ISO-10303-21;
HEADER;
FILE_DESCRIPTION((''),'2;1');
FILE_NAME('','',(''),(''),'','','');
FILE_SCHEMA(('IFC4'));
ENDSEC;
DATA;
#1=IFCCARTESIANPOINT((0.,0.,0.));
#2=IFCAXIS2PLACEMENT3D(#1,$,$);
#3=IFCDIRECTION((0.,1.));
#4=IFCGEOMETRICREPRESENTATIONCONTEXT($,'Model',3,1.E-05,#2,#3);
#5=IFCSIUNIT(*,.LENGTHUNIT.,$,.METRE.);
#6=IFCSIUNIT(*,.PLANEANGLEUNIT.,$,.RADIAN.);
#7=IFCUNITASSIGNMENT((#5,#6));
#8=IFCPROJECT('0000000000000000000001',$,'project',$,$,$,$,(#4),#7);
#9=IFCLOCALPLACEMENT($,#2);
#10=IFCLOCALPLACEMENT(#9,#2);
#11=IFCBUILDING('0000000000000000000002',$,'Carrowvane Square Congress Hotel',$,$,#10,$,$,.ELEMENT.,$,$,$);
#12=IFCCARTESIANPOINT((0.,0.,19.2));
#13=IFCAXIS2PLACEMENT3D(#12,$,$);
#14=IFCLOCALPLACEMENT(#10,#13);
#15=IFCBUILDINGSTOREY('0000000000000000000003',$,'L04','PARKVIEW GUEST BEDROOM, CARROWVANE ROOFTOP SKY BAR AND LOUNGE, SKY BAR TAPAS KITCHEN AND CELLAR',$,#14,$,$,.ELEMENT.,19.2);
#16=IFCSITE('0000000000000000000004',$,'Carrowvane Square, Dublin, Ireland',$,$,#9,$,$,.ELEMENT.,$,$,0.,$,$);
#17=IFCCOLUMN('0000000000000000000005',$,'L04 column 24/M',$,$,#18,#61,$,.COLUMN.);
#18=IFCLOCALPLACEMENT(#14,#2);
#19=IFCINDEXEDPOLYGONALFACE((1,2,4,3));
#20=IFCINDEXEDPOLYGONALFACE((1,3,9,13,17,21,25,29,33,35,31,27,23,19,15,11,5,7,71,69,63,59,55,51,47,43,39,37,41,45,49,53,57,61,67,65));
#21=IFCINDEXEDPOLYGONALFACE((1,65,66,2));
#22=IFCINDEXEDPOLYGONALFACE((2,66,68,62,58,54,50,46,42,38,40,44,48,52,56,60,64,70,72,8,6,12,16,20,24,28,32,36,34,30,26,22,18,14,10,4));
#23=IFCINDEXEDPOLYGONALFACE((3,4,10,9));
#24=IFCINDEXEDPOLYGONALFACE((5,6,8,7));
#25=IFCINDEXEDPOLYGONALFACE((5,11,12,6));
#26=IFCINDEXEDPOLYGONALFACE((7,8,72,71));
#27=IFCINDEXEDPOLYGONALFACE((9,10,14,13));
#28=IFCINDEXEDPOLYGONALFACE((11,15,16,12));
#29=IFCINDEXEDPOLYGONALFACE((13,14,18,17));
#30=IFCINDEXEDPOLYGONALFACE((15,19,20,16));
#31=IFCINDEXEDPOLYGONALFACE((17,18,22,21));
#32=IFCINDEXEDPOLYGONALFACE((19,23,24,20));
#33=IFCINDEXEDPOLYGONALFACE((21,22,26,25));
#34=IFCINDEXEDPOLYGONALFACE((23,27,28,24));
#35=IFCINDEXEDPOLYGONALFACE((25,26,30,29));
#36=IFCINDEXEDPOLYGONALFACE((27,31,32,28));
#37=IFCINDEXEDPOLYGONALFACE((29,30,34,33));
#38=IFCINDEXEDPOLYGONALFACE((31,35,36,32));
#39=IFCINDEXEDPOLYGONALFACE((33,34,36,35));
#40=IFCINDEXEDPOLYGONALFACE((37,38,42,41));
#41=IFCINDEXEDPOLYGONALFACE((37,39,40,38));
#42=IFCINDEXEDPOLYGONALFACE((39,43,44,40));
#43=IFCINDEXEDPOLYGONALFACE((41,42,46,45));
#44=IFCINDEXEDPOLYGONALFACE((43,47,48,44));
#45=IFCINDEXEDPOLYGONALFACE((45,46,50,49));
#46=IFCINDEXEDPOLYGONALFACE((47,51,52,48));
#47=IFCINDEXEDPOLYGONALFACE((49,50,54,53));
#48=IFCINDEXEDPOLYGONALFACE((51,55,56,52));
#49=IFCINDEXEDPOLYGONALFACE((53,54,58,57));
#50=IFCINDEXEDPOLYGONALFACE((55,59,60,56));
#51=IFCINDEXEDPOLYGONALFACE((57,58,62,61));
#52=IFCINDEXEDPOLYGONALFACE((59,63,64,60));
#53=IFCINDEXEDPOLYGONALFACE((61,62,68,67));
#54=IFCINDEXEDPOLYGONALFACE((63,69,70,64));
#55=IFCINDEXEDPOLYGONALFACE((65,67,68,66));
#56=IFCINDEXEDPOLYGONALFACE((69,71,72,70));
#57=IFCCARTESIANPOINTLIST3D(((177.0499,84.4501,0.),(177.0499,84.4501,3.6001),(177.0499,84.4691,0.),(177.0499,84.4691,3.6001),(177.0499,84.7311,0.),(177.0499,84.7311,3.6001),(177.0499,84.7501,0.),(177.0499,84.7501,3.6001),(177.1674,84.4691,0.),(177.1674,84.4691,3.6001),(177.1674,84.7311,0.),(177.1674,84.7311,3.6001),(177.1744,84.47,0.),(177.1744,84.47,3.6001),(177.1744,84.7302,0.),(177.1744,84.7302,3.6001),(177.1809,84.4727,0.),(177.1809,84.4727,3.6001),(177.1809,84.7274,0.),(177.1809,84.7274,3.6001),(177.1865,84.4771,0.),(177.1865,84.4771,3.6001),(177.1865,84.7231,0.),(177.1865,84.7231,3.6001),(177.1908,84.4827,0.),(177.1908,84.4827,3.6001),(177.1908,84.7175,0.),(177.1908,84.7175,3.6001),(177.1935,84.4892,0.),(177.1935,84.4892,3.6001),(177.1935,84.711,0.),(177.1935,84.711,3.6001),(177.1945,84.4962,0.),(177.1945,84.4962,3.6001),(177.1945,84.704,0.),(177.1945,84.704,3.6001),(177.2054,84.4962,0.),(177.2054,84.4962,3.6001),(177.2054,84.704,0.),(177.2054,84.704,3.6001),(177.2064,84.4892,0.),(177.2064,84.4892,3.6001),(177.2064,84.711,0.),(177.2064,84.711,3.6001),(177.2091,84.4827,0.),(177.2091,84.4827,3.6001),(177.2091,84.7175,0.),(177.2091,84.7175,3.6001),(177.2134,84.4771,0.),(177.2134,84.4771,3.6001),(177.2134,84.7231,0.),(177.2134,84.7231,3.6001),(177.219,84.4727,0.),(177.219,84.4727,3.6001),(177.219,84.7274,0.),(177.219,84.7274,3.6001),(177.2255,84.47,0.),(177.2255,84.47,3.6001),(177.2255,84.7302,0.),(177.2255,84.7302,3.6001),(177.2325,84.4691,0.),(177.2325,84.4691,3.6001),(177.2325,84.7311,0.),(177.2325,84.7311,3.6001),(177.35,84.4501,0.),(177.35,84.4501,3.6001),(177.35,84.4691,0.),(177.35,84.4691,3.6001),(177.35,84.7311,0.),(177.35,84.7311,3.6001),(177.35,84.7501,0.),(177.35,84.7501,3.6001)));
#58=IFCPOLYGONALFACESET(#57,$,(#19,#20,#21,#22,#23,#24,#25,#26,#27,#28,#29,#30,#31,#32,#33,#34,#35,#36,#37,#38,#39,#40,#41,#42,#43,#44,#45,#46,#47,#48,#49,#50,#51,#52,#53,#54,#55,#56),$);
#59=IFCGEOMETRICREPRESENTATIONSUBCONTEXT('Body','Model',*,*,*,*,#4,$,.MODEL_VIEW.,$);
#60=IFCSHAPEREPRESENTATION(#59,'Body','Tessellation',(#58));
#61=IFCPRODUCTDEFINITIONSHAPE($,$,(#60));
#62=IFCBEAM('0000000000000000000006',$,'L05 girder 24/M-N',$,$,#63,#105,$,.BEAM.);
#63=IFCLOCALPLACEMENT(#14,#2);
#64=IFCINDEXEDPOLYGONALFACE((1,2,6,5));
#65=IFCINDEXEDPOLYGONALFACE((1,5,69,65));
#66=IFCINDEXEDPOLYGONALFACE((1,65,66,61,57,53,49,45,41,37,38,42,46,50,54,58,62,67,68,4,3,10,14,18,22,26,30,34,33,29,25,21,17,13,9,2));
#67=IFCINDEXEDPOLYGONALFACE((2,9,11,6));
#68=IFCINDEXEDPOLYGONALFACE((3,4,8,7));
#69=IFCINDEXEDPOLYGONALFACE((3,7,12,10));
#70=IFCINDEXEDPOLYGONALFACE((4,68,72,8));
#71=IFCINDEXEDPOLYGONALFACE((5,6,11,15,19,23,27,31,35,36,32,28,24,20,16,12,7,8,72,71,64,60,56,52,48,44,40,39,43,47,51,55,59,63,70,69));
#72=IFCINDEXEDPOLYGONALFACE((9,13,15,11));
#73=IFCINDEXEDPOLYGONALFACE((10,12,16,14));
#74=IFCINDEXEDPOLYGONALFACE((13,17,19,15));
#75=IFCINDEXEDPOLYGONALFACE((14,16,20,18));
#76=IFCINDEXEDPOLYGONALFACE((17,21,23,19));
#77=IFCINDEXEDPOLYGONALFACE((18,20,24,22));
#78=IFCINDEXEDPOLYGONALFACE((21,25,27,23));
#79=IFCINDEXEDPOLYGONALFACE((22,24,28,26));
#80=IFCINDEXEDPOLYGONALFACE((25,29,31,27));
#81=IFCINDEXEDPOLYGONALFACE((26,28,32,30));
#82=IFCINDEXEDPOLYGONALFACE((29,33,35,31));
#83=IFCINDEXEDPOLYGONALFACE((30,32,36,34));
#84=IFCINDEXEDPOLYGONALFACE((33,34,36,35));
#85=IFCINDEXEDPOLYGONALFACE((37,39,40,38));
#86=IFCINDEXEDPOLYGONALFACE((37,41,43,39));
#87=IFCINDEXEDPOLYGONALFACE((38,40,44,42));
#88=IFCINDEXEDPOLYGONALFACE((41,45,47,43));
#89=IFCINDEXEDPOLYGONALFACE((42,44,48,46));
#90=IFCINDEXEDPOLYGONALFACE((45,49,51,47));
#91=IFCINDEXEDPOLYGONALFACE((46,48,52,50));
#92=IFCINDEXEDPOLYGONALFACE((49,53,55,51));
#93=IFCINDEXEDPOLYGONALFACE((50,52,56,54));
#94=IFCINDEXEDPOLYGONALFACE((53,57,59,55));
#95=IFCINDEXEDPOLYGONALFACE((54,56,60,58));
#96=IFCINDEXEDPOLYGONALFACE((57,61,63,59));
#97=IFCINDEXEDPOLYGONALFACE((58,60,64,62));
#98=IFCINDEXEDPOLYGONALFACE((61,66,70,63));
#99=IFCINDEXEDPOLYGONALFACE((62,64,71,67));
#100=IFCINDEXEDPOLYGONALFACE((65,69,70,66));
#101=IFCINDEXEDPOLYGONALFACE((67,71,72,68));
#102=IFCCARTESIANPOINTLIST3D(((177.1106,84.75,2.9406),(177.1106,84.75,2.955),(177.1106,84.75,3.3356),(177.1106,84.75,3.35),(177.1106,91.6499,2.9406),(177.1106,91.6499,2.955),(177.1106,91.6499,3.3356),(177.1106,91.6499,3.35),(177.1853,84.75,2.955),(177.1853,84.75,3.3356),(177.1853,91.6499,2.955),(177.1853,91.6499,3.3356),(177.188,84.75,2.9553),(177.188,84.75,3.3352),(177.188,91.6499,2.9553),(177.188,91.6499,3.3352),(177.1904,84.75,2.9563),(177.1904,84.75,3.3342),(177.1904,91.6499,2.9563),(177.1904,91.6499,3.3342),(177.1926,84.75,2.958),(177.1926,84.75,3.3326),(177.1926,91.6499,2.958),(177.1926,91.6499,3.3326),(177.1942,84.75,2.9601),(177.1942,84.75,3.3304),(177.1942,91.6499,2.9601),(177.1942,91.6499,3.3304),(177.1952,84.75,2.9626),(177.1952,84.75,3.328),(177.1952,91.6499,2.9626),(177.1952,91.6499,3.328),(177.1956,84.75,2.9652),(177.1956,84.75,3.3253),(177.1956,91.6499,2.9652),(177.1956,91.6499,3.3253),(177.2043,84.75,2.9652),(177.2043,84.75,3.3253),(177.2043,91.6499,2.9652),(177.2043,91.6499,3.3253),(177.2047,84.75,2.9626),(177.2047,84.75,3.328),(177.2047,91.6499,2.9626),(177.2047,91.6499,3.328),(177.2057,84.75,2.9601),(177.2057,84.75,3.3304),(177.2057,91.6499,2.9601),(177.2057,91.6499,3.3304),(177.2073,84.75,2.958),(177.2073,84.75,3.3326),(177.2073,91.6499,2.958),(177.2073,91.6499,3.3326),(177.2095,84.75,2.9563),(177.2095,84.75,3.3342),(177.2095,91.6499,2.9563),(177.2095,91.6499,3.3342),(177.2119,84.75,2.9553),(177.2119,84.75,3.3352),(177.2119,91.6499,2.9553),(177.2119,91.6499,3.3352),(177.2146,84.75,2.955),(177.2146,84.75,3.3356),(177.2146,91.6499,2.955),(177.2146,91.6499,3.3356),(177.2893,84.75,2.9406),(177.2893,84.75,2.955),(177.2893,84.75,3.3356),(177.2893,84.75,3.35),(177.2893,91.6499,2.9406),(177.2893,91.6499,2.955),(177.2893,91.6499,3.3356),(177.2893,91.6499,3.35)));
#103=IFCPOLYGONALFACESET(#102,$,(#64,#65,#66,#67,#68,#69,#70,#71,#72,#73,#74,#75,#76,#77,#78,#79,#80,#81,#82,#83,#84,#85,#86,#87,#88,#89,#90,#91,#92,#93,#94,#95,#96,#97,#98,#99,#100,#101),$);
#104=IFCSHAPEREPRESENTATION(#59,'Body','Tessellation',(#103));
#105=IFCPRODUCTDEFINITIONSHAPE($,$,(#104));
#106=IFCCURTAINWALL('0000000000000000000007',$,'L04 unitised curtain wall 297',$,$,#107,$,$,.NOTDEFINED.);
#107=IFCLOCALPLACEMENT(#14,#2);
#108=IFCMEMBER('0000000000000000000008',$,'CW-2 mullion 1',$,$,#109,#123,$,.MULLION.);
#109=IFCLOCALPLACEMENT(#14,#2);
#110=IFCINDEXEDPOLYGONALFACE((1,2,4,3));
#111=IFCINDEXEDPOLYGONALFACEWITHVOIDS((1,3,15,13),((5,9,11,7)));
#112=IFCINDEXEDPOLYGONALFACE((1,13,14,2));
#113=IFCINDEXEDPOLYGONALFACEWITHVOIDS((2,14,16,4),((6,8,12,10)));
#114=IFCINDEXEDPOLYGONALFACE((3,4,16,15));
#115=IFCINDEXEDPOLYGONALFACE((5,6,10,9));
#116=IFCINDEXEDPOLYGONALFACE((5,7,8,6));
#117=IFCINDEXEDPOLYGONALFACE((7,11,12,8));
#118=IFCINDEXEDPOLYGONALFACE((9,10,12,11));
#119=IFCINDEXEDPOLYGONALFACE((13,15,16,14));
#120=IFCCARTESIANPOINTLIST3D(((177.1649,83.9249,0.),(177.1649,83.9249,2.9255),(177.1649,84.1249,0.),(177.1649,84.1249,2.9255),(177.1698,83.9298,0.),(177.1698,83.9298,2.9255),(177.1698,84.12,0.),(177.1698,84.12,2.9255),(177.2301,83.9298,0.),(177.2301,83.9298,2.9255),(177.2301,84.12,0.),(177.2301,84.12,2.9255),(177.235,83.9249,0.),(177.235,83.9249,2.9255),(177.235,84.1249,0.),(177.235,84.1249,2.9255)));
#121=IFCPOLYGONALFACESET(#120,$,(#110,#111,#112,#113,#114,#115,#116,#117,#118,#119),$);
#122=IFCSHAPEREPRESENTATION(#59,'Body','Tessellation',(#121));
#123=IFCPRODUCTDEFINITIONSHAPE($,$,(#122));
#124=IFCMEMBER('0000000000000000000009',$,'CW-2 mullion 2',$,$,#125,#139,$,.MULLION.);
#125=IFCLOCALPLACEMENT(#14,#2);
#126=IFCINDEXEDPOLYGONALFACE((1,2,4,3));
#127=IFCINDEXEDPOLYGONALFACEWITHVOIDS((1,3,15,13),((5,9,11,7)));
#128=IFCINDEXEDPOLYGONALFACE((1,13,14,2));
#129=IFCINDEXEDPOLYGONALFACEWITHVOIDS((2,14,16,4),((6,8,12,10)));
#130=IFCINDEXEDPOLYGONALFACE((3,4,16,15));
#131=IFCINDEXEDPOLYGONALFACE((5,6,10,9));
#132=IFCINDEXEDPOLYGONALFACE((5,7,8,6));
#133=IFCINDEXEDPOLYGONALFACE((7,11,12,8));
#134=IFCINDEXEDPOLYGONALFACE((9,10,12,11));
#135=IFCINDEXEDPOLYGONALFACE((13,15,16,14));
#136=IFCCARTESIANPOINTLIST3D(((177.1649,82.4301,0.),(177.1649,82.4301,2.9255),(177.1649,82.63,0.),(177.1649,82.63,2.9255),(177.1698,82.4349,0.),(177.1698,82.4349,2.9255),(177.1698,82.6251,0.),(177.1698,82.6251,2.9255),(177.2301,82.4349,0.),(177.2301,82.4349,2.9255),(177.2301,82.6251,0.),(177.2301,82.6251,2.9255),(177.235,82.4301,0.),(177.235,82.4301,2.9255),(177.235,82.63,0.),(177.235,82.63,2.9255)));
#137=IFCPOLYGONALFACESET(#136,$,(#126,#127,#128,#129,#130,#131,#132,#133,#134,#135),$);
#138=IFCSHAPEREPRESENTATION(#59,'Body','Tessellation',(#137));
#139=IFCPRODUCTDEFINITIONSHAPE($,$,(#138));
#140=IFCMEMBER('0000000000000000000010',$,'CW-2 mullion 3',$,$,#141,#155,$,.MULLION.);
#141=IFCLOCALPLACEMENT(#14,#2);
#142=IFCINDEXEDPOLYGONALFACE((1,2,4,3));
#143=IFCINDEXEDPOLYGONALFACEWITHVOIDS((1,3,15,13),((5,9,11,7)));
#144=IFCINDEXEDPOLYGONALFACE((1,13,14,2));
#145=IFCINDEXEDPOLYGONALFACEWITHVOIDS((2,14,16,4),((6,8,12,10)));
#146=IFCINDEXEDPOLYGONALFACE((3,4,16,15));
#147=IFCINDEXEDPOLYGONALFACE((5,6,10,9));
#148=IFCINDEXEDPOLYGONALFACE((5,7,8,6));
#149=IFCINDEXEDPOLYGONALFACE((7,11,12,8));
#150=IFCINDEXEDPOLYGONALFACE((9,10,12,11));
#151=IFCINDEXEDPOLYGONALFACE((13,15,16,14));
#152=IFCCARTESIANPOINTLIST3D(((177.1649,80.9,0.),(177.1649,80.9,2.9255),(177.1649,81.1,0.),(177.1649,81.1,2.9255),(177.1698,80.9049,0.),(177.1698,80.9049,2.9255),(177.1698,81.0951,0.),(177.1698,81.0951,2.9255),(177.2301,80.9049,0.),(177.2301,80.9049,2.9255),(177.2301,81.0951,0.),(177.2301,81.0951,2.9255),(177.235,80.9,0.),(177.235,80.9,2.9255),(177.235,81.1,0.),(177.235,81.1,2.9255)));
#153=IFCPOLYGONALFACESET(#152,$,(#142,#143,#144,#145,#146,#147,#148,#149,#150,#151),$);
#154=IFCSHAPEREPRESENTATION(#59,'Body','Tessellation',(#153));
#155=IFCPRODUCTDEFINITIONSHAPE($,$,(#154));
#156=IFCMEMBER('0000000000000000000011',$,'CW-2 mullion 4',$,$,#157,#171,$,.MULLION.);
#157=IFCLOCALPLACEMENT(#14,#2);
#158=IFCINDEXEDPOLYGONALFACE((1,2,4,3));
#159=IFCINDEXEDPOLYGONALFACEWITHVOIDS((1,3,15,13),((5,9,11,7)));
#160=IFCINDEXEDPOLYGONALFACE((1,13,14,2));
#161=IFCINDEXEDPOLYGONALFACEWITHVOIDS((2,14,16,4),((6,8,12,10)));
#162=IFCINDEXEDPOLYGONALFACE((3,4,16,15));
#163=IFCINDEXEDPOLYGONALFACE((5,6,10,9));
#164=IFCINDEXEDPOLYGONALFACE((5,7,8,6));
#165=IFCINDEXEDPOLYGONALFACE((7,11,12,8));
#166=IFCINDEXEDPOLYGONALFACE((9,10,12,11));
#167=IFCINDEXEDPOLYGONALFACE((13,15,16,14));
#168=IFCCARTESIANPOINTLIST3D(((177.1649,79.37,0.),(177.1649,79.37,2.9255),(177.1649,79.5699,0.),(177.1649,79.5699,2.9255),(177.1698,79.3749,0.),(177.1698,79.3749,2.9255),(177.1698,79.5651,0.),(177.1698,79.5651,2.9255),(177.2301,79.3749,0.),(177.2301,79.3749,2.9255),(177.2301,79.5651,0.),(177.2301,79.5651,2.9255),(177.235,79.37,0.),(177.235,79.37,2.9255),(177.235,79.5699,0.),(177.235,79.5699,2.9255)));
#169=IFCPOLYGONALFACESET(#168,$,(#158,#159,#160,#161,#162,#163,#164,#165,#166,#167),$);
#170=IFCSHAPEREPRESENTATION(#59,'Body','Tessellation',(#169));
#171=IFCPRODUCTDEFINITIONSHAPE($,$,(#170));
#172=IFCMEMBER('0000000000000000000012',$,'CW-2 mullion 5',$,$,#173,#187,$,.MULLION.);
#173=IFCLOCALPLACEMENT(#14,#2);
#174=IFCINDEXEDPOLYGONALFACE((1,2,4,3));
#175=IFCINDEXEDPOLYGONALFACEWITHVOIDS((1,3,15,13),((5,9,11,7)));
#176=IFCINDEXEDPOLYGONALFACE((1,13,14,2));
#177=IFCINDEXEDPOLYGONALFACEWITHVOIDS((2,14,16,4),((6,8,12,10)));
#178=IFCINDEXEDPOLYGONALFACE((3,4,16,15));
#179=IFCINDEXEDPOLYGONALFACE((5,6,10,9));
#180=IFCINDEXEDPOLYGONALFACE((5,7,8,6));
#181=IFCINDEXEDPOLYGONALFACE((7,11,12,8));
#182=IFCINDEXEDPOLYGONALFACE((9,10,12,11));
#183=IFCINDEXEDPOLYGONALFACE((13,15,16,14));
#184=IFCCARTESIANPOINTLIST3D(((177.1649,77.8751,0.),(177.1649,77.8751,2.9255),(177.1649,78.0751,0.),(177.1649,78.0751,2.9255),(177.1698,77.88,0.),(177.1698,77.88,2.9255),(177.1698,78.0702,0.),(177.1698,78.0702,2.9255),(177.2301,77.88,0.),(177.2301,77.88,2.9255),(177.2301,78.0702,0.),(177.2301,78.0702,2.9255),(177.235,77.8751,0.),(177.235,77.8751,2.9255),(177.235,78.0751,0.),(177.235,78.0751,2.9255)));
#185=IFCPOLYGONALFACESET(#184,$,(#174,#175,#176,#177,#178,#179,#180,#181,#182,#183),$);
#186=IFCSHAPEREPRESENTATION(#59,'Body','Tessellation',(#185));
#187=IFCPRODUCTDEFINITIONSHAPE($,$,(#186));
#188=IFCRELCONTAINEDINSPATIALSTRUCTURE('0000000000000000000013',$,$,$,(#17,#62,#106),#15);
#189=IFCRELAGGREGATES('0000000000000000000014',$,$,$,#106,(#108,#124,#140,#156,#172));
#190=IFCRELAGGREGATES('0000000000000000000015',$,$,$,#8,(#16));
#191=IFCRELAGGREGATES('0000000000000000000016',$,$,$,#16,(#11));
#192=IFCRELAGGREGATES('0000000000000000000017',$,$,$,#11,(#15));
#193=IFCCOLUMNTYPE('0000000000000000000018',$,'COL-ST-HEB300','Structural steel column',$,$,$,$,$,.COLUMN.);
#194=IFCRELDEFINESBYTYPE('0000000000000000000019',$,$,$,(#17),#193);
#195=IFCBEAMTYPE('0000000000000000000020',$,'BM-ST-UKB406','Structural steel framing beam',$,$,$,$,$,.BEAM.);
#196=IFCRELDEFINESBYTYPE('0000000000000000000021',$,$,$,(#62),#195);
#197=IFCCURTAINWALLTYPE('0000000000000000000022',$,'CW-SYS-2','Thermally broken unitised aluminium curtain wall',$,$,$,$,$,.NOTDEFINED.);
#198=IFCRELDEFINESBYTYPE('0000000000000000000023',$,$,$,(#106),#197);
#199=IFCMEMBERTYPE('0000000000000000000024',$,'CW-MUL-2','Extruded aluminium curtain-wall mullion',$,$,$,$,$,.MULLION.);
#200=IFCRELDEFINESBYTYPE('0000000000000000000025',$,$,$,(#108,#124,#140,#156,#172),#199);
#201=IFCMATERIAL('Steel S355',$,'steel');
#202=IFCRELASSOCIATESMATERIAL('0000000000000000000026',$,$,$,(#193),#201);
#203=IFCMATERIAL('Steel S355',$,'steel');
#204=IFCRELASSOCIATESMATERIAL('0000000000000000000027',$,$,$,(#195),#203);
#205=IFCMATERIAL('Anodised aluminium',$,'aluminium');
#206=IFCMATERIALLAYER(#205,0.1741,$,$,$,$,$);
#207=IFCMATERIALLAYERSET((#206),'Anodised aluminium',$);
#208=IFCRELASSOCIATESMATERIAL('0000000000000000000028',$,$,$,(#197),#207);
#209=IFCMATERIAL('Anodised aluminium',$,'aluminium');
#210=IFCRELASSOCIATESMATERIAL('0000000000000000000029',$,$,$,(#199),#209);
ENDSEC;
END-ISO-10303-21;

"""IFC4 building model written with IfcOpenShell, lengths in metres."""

from ifc_helpers import new_model, si_unit, direction, frame, origin, origin_2d, place, context, subcontext, project, spatial, hollow_rectangle, i_section, extrude, material, layer, layer_set, material_profile, profile_set, type_object, element, aggregate, save


model = new_model("IFC4")

# Units and contexts
model_context = context("Model", 3, precision=1e-05, world=origin(), true_north=direction((0.0, 1.0)))
body_context = subcontext(model_context, "Body", "Model", "MODEL_VIEW")
ifc_project = project(units=[si_unit("LENGTHUNIT", "METRE"), si_unit("PLANEANGLEUNIT", "RADIAN")], contexts=[model_context])

# Site, building, storey
site_placement = place(None, origin())
site = spatial("IfcSite", under=ifc_project, at=site_placement, Name="Carrowvane Square, Dublin, Ireland", CompositionType="ELEMENT", RefElevation=0.0)
building_placement = place(site_placement, origin())
building = spatial("IfcBuilding", under=site, at=building_placement, Name="Carrowvane Square Congress Hotel", CompositionType="ELEMENT")
storey_placement = place(building_placement, frame((0.0, 0.0, 19.2)))
storey = spatial("IfcBuildingStorey", under=building, at=storey_placement, Name="L04", Description="PARKVIEW GUEST BEDROOM, CARROWVANE ROOFTOP SKY BAR AND LOUNGE, SKY BAR TAPAS KITCHEN AND CELLAR", CompositionType="ELEMENT", Elevation=19.2)

# Column
ifc_material_1 = material(Name="Steel S355", Category="steel")
ifc_material_profile_1 = material_profile(ifc_material_1, i_section(OverallWidth=0.3, OverallDepth=0.3, WebThickness=0.011, FlangeThickness=0.019, FilletRadius=0.0271, at=origin_2d()), Name="HEB 300")
ifc_profile_set_1 = profile_set([ifc_material_profile_1], Name="Steel S355")
column_type = type_object("IfcColumnType", Name="COL-ST-HEB300", Description="Structural steel column", PredefinedType="COLUMN", material=ifc_profile_set_1)
column_placement = place(storey_placement, frame((177.2, 84.6001, 0.0), z_axis=(0.0, 0.0, 1.0), x_axis=(1.0, 0.0, 0.0)))
element("IfcColumn", 1, at=column_placement, inside=storey, type_object=column_type, Name="L04 column 24/M", PredefinedType="COLUMN", context=body_context, shape_type="SweptSolid", body=[
    extrude(i_section(OverallWidth=0.3, OverallDepth=0.3, WebThickness=0.011, FlangeThickness=0.019, FilletRadius=0.0271, at=origin_2d()), origin(), (0.0, 0.0, 1.0), 3.6001),
])

# Beam
ifc_material_2 = material(Name="Steel S355", Category="steel")
ifc_material_profile_2 = material_profile(ifc_material_2, i_section(OverallWidth=0.1787, OverallDepth=0.4094, WebThickness=0.0088, FlangeThickness=0.0144, FilletRadius=0.0103, at=origin_2d()), Name="UKB 406x178x67")
ifc_profile_set_2 = profile_set([ifc_material_profile_2], Name="Steel S355")
beam_type = type_object("IfcBeamType", Name="BM-ST-UKB406", Description="Structural steel framing beam", PredefinedType="BEAM", material=ifc_profile_set_2)
beam_placement = place(storey_placement, frame((177.2, 84.75, 3.1453), z_axis=(0.0, 1.0, 0.0), x_axis=(-1.0, 0.0, 0.0)))
element("IfcBeam", 2, at=beam_placement, inside=storey, type_object=beam_type, Name="L05 girder 24/M-N", PredefinedType="BEAM", context=body_context, shape_type="SweptSolid", body=[
    extrude(i_section(OverallWidth=0.1787, OverallDepth=0.4094, WebThickness=0.0088, FlangeThickness=0.0144, FilletRadius=0.0103, at=origin_2d()), origin(), (0.0, 0.0, 1.0), 6.8999),
])

# Curtain wall, members
ifc_material_3 = material(Name="Anodised aluminium", Category="aluminium")
ifc_layer_1 = layer(ifc_material_3, 0.1741)
ifc_layer_set_1 = layer_set([ifc_layer_1], Name="Anodised aluminium")
curtain_wall_type = type_object("IfcCurtainWallType", Name="CW-SYS-2", Description="Thermally broken unitised aluminium curtain wall", PredefinedType="NOTDEFINED", material=ifc_layer_set_1)
curtain_wall_placement = place(storey_placement, origin())
curtain_wall = element("IfcCurtainWall", 3, at=curtain_wall_placement, inside=storey, type_object=curtain_wall_type, Name="L04 unitised curtain wall 297", PredefinedType="NOTDEFINED")
ifc_material_4 = material(Name="Anodised aluminium", Category="aluminium")
ifc_material_profile_3 = material_profile(ifc_material_4, hollow_rectangle(XDim=0.0701, YDim=0.2, WallThickness=0.0049, at=origin_2d()), Name="CW-ML 70x200x5")
ifc_profile_set_3 = profile_set([ifc_material_profile_3], Name="Anodised aluminium")
member_type_1 = type_object("IfcMemberType", Name="CW-MUL-2", Description="Extruded aluminium curtain-wall mullion", PredefinedType="MULLION", material=ifc_profile_set_3)
member_1_placement = place(storey_placement, frame((177.2, 84.0249, 0.0), z_axis=(0.0, 0.0, 1.0), x_axis=(1.0, 0.0, 0.0)))
member_1 = element("IfcMember", 4, at=member_1_placement, type_object=member_type_1, Name="CW-2 mullion 1", PredefinedType="MULLION", context=body_context, shape_type="SweptSolid", body=[
    extrude(hollow_rectangle(XDim=0.0701, YDim=0.2, WallThickness=0.0049, at=origin_2d()), origin(), (0.0, 0.0, 1.0), 2.9255),
])
member_2_placement = place(storey_placement, frame((177.2, 82.53, 0.0), z_axis=(0.0, 0.0, 1.0), x_axis=(1.0, 0.0, 0.0)))
member_2 = element("IfcMember", 5, at=member_2_placement, type_object=member_type_1, Name="CW-2 mullion 2", PredefinedType="MULLION", context=body_context, shape_type="SweptSolid", body=[
    extrude(hollow_rectangle(XDim=0.0701, YDim=0.2, WallThickness=0.0049, at=origin_2d()), origin(), (0.0, 0.0, 1.0), 2.9255),
])
member_3_placement = place(storey_placement, frame((177.2, 81.0, 0.0), z_axis=(0.0, 0.0, 1.0), x_axis=(1.0, 0.0, 0.0)))
member_3 = element("IfcMember", 6, at=member_3_placement, type_object=member_type_1, Name="CW-2 mullion 3", PredefinedType="MULLION", context=body_context, shape_type="SweptSolid", body=[
    extrude(hollow_rectangle(XDim=0.0701, YDim=0.2, WallThickness=0.0049, at=origin_2d()), origin(), (0.0, 0.0, 1.0), 2.9255),
])
member_4_placement = place(storey_placement, frame((177.2, 79.47, 0.0), z_axis=(0.0, 0.0, 1.0), x_axis=(1.0, 0.0, 0.0)))
member_4 = element("IfcMember", 7, at=member_4_placement, type_object=member_type_1, Name="CW-2 mullion 4", PredefinedType="MULLION", context=body_context, shape_type="SweptSolid", body=[
    extrude(hollow_rectangle(XDim=0.0701, YDim=0.2, WallThickness=0.0049, at=origin_2d()), origin(), (0.0, 0.0, 1.0), 2.9255),
])
member_5_placement = place(storey_placement, frame((177.2, 77.9751, 0.0), z_axis=(0.0, 0.0, 1.0), x_axis=(1.0, 0.0, 0.0)))
member_5 = element("IfcMember", 8, at=member_5_placement, type_object=member_type_1, Name="CW-2 mullion 5", PredefinedType="MULLION", context=body_context, shape_type="SweptSolid", body=[
    extrude(hollow_rectangle(XDim=0.0701, YDim=0.2, WallThickness=0.0049, at=origin_2d()), origin(), (0.0, 0.0, 1.0), 2.9255),
])
aggregate(curtain_wall, [member_1, member_2, member_3, member_4, member_5])

save(model, "model.ifc")
